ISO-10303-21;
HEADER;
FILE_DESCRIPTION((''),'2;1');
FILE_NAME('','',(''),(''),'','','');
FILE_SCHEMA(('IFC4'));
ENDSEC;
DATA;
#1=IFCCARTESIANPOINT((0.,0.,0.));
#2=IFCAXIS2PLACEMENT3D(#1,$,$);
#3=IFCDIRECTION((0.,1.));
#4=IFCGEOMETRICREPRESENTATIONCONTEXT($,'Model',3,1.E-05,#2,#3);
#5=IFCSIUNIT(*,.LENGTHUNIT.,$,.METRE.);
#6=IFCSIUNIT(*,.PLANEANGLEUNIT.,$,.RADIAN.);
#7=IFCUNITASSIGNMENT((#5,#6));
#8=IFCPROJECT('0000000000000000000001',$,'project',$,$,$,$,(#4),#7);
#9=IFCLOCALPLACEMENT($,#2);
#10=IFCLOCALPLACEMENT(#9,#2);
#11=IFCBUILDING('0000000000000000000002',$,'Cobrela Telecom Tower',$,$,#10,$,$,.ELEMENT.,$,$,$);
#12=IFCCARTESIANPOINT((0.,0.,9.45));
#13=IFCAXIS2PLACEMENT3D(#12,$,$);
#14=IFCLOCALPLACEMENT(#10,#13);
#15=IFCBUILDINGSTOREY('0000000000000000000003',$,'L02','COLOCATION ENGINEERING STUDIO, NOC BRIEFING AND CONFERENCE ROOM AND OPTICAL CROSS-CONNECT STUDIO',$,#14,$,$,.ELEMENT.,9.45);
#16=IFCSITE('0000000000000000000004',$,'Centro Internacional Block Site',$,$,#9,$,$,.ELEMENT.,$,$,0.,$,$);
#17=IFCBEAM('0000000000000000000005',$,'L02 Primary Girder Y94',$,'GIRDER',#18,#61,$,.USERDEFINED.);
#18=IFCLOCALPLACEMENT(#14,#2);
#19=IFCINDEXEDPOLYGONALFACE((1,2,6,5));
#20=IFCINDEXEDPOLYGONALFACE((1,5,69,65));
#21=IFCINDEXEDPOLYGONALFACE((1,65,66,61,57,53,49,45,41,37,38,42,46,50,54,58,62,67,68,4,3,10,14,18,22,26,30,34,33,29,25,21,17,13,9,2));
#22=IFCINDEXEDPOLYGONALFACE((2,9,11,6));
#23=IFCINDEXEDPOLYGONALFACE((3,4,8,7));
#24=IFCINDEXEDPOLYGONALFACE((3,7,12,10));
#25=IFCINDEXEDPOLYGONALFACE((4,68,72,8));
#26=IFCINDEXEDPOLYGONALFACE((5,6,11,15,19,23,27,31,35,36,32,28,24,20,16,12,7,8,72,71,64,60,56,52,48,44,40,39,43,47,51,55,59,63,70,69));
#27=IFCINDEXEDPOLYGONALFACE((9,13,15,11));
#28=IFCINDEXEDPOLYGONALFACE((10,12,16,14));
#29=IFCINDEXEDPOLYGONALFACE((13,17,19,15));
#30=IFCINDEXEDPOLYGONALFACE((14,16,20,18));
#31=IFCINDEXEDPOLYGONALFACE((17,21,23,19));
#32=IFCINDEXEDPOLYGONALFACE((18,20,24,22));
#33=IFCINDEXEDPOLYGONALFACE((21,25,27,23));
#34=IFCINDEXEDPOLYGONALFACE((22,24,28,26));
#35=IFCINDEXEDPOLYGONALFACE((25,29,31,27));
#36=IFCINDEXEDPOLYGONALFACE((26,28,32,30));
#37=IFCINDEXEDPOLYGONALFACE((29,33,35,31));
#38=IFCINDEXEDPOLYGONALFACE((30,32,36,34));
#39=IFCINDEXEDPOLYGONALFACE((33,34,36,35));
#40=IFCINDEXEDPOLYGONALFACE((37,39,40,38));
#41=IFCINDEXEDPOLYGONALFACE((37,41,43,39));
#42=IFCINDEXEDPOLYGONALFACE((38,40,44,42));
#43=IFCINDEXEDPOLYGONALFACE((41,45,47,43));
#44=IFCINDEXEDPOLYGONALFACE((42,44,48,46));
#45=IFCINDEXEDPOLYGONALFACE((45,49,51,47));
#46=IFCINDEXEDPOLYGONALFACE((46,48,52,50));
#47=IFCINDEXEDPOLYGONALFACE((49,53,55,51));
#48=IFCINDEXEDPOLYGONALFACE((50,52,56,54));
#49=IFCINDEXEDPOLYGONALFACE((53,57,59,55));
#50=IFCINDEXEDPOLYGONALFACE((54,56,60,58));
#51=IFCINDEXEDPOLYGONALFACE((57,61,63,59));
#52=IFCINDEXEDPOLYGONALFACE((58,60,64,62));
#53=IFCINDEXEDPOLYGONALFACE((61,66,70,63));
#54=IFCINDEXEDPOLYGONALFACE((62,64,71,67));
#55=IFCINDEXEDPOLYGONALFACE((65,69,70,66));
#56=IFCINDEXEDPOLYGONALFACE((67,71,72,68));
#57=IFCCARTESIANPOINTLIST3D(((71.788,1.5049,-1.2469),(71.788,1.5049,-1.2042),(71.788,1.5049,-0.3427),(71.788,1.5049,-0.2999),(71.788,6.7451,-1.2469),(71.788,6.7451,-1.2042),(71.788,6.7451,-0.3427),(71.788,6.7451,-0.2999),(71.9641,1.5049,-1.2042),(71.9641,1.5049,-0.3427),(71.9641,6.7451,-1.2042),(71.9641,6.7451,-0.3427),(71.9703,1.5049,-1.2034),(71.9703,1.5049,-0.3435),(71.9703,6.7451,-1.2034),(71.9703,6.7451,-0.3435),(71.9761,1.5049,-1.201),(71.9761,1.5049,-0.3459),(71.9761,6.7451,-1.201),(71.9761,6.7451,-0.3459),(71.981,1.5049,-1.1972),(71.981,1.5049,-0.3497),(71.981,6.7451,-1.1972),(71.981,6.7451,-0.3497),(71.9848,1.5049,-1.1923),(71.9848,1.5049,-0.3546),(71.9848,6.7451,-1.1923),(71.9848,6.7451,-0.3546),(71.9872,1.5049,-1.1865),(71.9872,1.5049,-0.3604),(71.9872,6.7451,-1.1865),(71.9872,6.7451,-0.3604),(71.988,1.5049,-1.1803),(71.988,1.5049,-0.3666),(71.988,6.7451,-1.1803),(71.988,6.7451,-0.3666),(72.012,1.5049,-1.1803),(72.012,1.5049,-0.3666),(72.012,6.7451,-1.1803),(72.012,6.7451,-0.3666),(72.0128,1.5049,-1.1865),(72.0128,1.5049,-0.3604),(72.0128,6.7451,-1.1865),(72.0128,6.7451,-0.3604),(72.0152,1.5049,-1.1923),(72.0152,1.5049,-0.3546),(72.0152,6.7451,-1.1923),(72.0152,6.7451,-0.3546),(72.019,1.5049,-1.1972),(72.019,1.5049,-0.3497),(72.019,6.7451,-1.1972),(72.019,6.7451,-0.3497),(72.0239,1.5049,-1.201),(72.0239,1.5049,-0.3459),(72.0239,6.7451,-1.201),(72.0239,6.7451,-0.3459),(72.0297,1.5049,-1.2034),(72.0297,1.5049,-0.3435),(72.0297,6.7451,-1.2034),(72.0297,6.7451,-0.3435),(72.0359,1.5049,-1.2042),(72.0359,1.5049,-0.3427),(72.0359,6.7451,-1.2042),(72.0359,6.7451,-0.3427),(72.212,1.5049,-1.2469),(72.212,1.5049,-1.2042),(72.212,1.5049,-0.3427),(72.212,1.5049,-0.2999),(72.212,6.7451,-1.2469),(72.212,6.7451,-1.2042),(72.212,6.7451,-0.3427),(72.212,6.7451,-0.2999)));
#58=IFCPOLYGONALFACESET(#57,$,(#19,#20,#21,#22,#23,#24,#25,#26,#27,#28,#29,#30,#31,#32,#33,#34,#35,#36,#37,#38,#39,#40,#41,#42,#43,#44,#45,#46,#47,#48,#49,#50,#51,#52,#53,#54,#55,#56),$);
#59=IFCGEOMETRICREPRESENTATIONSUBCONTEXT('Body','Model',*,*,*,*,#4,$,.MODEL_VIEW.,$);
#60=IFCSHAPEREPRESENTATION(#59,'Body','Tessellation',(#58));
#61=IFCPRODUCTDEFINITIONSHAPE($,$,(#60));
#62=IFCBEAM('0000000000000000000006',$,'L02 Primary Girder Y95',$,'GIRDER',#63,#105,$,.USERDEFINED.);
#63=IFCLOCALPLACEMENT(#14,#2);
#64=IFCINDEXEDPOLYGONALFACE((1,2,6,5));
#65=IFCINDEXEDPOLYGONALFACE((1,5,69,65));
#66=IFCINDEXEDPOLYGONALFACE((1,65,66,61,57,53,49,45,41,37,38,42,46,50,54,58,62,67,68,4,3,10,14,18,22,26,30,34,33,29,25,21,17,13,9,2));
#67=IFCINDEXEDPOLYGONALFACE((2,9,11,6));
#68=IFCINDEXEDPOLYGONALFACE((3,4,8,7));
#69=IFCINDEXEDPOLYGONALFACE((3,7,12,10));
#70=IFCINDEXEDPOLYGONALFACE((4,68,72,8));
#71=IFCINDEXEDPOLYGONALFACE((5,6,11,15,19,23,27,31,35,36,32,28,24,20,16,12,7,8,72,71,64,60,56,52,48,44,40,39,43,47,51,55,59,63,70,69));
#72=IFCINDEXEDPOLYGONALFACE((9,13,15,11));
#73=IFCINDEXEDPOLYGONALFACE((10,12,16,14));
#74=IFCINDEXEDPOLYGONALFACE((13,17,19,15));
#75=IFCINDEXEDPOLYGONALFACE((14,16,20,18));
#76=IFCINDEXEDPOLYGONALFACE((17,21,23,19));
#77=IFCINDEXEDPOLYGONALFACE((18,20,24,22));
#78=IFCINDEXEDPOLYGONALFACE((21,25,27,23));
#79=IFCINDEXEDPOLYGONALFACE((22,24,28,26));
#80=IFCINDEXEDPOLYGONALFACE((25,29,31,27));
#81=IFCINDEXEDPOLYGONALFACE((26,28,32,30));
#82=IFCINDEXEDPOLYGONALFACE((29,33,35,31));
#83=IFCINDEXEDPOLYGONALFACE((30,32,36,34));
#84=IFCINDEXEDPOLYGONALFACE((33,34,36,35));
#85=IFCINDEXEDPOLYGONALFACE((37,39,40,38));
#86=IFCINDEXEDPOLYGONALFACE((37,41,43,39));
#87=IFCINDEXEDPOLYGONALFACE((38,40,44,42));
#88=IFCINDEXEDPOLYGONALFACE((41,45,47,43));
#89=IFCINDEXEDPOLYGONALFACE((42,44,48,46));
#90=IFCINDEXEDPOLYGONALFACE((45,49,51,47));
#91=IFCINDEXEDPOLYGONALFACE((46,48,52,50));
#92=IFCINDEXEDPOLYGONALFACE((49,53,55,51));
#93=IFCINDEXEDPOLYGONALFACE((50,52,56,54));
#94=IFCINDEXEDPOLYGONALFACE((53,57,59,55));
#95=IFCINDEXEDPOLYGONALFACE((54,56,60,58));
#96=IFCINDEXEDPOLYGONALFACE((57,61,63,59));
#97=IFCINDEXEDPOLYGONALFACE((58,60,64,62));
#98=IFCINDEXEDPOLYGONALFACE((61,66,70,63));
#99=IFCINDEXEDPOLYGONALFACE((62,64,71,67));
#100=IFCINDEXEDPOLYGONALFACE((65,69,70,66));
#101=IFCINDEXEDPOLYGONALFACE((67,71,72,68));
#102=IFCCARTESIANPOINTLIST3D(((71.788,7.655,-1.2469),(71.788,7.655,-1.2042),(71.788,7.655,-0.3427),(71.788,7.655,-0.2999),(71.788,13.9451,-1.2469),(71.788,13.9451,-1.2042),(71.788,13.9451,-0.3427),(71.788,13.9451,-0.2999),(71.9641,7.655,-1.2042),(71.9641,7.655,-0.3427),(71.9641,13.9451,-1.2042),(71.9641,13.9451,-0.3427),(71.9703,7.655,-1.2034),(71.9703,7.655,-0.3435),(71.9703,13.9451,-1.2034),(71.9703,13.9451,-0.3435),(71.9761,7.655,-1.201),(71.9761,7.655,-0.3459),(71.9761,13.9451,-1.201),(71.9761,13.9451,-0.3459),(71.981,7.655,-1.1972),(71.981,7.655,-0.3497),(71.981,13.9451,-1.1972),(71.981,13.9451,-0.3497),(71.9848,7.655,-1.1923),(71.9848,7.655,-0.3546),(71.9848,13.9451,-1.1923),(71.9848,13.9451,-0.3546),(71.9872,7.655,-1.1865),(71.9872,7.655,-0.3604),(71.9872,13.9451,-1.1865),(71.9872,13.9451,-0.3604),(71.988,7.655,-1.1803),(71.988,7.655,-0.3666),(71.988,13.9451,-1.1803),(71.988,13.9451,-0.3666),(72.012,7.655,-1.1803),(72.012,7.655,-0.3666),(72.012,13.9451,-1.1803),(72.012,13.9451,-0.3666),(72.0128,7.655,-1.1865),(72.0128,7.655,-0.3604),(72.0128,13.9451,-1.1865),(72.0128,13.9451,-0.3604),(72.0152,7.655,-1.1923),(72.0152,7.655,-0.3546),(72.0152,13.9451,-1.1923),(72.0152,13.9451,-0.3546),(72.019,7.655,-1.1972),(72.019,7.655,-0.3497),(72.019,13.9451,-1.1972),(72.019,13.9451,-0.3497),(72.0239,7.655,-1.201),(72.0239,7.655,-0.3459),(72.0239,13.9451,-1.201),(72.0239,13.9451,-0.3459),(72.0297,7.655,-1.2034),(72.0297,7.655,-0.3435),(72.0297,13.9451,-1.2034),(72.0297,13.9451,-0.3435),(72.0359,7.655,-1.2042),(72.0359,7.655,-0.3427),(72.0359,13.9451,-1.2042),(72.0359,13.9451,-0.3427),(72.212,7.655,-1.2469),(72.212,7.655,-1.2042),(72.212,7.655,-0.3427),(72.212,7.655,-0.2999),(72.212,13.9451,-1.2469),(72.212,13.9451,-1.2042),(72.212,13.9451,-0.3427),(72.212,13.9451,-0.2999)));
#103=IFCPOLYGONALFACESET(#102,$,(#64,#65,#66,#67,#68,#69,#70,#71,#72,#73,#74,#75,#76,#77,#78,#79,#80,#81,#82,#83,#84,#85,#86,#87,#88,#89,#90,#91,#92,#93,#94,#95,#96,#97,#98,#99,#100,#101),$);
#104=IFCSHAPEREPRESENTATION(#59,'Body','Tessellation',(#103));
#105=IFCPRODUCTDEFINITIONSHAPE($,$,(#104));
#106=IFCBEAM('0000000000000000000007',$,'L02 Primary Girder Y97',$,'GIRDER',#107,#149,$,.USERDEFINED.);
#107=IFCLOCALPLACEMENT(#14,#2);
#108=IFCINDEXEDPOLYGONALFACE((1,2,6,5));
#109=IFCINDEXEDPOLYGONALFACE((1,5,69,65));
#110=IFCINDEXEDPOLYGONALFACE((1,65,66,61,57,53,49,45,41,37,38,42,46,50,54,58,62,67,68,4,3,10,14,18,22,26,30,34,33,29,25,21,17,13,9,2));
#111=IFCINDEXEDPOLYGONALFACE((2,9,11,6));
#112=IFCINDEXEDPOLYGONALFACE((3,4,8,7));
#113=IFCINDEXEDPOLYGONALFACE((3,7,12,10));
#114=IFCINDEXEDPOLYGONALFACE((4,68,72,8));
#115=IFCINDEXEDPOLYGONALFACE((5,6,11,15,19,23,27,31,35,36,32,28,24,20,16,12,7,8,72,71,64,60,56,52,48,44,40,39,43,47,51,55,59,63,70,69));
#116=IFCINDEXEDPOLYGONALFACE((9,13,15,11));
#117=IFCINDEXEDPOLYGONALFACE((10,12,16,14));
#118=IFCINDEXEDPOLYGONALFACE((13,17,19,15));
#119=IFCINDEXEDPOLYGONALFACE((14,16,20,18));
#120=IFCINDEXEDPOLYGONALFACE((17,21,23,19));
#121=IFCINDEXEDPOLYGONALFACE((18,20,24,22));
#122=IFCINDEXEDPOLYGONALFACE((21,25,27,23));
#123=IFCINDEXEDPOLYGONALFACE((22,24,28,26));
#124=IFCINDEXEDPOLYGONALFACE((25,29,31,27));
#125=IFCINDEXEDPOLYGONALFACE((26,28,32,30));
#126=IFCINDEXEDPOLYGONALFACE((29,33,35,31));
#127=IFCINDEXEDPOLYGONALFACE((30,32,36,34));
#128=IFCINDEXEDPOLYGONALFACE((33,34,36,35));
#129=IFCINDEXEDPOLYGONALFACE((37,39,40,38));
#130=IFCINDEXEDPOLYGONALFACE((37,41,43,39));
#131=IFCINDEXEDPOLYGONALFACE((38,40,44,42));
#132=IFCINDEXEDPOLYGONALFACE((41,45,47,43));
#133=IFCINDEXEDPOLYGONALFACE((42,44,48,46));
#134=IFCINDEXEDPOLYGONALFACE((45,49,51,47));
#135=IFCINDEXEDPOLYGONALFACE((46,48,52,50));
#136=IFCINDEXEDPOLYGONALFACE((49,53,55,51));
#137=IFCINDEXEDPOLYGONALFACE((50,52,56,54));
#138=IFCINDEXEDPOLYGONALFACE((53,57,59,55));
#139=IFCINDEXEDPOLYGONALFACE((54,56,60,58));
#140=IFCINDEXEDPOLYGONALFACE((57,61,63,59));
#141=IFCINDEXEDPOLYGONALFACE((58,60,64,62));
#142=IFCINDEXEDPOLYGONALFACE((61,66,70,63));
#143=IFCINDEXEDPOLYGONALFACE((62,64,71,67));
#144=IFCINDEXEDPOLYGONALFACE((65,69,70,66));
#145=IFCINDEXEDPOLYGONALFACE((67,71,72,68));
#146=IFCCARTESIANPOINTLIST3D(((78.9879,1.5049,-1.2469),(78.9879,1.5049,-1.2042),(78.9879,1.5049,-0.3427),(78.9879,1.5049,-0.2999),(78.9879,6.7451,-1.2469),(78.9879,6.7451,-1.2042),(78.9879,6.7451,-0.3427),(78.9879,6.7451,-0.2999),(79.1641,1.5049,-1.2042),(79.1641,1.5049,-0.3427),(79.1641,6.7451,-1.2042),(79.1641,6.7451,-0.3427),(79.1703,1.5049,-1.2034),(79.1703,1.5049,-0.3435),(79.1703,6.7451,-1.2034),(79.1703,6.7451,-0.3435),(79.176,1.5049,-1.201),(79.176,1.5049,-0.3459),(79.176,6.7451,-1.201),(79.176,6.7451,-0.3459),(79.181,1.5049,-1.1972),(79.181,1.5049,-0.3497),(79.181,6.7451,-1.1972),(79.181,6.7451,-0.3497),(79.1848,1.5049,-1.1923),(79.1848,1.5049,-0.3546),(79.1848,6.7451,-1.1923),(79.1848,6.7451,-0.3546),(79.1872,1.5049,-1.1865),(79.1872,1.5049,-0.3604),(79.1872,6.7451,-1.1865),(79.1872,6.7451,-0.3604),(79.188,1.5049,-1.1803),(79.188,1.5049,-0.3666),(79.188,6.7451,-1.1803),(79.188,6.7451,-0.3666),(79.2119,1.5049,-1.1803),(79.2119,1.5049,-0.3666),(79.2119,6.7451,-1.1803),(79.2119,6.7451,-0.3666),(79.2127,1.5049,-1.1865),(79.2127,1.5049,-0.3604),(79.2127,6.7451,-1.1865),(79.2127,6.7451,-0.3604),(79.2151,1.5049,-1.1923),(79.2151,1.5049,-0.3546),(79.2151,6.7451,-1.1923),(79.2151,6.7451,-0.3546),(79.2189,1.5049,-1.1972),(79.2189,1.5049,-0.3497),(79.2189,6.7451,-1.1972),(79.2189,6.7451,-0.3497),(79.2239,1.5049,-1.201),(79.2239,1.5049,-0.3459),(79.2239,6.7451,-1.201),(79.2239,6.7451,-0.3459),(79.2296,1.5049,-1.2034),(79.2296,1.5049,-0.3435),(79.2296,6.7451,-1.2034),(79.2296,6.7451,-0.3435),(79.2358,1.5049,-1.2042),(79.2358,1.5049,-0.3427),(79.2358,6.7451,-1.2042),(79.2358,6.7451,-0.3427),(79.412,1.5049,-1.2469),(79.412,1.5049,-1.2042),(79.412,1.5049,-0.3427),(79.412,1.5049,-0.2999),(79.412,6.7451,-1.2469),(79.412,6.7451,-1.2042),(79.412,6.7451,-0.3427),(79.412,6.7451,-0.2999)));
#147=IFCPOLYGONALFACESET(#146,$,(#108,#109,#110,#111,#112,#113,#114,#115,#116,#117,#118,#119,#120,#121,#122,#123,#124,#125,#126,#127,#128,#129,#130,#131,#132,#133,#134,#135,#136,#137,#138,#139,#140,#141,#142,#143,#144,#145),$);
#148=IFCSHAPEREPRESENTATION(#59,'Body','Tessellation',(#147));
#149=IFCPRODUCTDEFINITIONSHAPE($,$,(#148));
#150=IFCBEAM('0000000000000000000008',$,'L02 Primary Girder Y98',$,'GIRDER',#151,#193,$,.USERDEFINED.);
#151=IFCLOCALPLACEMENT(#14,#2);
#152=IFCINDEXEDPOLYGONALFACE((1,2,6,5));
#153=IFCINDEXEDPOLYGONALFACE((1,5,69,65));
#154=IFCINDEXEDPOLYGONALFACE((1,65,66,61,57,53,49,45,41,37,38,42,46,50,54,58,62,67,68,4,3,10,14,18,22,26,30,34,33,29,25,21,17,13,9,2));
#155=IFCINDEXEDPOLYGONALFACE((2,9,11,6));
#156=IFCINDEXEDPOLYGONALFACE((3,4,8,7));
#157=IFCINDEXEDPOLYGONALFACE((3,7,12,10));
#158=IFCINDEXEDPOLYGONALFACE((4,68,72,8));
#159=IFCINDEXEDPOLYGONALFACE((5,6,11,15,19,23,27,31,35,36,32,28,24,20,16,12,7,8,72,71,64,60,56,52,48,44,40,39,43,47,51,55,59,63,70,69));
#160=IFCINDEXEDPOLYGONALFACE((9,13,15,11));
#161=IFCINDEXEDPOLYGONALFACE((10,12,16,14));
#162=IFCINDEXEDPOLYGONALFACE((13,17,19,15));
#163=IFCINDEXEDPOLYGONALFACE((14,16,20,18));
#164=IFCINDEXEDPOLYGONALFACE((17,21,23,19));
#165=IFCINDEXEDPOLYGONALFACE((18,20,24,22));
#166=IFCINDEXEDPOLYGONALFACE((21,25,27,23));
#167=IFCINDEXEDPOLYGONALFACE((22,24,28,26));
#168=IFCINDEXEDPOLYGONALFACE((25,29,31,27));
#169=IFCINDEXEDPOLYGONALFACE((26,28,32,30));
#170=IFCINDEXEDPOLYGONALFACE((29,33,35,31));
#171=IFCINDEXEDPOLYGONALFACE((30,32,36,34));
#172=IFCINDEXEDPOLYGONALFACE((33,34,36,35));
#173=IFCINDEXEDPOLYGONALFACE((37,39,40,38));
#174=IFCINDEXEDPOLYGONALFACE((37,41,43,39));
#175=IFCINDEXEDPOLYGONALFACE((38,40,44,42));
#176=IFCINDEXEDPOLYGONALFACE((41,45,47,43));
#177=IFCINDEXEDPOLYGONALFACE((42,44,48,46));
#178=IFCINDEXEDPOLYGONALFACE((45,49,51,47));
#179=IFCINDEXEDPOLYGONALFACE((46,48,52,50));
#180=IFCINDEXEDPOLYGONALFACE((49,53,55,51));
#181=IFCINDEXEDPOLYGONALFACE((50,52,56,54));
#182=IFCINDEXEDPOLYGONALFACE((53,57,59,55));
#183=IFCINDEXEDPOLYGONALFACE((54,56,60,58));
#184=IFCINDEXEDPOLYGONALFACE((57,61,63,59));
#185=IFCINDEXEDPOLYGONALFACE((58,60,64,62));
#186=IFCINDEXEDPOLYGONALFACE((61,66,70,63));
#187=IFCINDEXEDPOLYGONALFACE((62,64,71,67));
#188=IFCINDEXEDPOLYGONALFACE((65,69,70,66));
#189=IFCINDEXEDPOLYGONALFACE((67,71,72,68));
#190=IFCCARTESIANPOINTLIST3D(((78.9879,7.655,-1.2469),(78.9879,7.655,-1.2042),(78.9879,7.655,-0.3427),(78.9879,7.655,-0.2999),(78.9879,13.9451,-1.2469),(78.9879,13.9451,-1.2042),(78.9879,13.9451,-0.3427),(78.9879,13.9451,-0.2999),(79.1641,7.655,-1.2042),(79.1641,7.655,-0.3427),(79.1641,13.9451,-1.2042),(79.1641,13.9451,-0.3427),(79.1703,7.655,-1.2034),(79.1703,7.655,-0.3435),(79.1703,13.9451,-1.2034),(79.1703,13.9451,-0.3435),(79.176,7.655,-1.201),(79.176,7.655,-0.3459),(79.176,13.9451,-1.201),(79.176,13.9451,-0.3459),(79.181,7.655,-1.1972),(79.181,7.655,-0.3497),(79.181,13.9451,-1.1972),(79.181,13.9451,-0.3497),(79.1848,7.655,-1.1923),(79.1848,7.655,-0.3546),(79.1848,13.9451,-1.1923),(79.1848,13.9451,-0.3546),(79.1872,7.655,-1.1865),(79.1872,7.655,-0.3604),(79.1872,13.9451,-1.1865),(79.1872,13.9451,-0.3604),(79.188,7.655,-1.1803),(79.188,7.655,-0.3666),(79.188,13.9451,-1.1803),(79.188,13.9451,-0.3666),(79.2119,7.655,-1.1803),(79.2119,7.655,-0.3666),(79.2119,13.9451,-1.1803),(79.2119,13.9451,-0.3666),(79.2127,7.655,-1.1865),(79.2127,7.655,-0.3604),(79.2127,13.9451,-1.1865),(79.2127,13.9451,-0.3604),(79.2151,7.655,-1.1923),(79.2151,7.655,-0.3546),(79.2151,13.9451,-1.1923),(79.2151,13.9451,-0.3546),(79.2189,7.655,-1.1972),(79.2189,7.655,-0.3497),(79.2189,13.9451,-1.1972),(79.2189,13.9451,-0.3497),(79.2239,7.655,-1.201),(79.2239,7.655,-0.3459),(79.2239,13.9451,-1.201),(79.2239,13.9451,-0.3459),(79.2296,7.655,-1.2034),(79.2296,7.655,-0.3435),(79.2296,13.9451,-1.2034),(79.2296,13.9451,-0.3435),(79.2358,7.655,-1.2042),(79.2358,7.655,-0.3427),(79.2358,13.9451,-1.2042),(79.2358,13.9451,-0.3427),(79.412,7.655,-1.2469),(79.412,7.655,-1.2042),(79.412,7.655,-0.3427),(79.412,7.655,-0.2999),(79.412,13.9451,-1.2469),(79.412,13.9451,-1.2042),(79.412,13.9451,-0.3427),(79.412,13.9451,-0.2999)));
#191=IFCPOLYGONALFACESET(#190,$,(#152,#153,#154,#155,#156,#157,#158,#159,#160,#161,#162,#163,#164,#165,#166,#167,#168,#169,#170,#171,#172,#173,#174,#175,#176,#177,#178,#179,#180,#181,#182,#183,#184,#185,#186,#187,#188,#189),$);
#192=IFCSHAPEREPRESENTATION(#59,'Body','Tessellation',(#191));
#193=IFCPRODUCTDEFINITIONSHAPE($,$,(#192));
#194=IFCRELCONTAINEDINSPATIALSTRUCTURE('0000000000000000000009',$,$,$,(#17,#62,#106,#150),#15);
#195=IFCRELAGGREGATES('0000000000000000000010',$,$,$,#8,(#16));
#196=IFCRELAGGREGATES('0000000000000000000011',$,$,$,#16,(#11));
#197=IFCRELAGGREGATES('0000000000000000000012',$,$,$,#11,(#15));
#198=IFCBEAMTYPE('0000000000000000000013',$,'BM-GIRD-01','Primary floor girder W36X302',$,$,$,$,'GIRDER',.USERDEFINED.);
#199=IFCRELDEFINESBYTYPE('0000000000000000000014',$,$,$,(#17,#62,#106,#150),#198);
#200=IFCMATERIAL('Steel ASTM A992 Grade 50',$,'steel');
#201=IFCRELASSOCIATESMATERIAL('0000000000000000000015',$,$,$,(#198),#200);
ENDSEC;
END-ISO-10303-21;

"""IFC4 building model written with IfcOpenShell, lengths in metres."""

from ifc_helpers import new_model, si_unit, direction, frame, origin, origin_2d, place, context, subcontext, project, spatial, i_section, extrude, material, material_profile, profile_set, type_object, element, save


model = new_model("IFC4")

# Units and contexts
model_context = context("Model", 3, precision=1e-05, world=origin(), true_north=direction((0.0, 1.0)))
body_context = subcontext(model_context, "Body", "Model", "MODEL_VIEW")
ifc_project = project(units=[si_unit("LENGTHUNIT", "METRE"), si_unit("PLANEANGLEUNIT", "RADIAN")], contexts=[model_context])

# Site, building, storey
site_placement = place(None, origin())
site = spatial("IfcSite", under=ifc_project, at=site_placement, Name="Centro Internacional Block Site", CompositionType="ELEMENT", RefElevation=0.0)
building_placement = place(site_placement, origin())
building = spatial("IfcBuilding", under=site, at=building_placement, Name="Cobrela Telecom Tower", CompositionType="ELEMENT")
storey_placement = place(building_placement, frame((0.0, 0.0, 9.45)))
storey = spatial("IfcBuildingStorey", under=building, at=storey_placement, Name="L02", Description="COLOCATION ENGINEERING STUDIO, NOC BRIEFING AND CONFERENCE ROOM AND OPTICAL CROSS-CONNECT STUDIO", CompositionType="ELEMENT", Elevation=9.45)

# Beams
ifc_material_1 = material(Name="Steel ASTM A992 Grade 50", Category="steel")
ifc_material_profile_1 = material_profile(ifc_material_1, i_section(OverallWidth=0.4241, OverallDepth=0.947, WebThickness=0.0239, FlangeThickness=0.0427, FilletRadius=0.0239, at=origin_2d()), Name="W36X302")
ifc_profile_set_1 = profile_set([ifc_material_profile_1], Name="Steel ASTM A992 Grade 50")
beam_type_1 = type_object("IfcBeamType", Name="BM-GIRD-01", Description="Primary floor girder W36X302", ElementType="GIRDER", PredefinedType="USERDEFINED", material=ifc_profile_set_1)
beam_1_placement = place(storey_placement, frame((72.0, 1.5049, -0.7734), z_axis=(0.0, 1.0, 0.0), x_axis=(-1.0, 0.0, 0.0)))
element("IfcBeam", 1, at=beam_1_placement, inside=storey, type_object=beam_type_1, Name="L02 Primary Girder Y94", ObjectType="GIRDER", PredefinedType="USERDEFINED", context=body_context, shape_type="SweptSolid", body=[
    extrude(i_section(OverallWidth=0.4241, OverallDepth=0.947, WebThickness=0.0239, FlangeThickness=0.0427, FilletRadius=0.0239, at=origin_2d()), origin(), (0.0, 0.0, 1.0), 5.2402),
])
beam_2_placement = place(storey_placement, frame((72.0, 7.655, -0.7734), z_axis=(0.0, 1.0, 0.0), x_axis=(-1.0, 0.0, 0.0)))
element("IfcBeam", 2, at=beam_2_placement, inside=storey, type_object=beam_type_1, Name="L02 Primary Girder Y95", ObjectType="GIRDER", PredefinedType="USERDEFINED", context=body_context, shape_type="SweptSolid", body=[
    extrude(i_section(OverallWidth=0.4241, OverallDepth=0.947, WebThickness=0.0239, FlangeThickness=0.0427, FilletRadius=0.0239, at=origin_2d()), origin(), (0.0, 0.0, 1.0), 6.29),
])
beam_3_placement = place(storey_placement, frame((79.2, 1.5049, -0.7734), z_axis=(0.0, 1.0, 0.0), x_axis=(-1.0, 0.0, 0.0)))
element("IfcBeam", 3, at=beam_3_placement, inside=storey, type_object=beam_type_1, Name="L02 Primary Girder Y97", ObjectType="GIRDER", PredefinedType="USERDEFINED", context=body_context, shape_type="SweptSolid", body=[
    extrude(i_section(OverallWidth=0.4241, OverallDepth=0.947, WebThickness=0.0239, FlangeThickness=0.0427, FilletRadius=0.0239, at=origin_2d()), origin(), (0.0, 0.0, 1.0), 5.2402),
])
beam_4_placement = place(storey_placement, frame((79.2, 7.655, -0.7734), z_axis=(0.0, 1.0, 0.0), x_axis=(-1.0, 0.0, 0.0)))
element("IfcBeam", 4, at=beam_4_placement, inside=storey, type_object=beam_type_1, Name="L02 Primary Girder Y98", ObjectType="GIRDER", PredefinedType="USERDEFINED", context=body_context, shape_type="SweptSolid", body=[
    extrude(i_section(OverallWidth=0.4241, OverallDepth=0.947, WebThickness=0.0239, FlangeThickness=0.0427, FilletRadius=0.0239, at=origin_2d()), origin(), (0.0, 0.0, 1.0), 6.29),
])

save(model, "model.ifc")
